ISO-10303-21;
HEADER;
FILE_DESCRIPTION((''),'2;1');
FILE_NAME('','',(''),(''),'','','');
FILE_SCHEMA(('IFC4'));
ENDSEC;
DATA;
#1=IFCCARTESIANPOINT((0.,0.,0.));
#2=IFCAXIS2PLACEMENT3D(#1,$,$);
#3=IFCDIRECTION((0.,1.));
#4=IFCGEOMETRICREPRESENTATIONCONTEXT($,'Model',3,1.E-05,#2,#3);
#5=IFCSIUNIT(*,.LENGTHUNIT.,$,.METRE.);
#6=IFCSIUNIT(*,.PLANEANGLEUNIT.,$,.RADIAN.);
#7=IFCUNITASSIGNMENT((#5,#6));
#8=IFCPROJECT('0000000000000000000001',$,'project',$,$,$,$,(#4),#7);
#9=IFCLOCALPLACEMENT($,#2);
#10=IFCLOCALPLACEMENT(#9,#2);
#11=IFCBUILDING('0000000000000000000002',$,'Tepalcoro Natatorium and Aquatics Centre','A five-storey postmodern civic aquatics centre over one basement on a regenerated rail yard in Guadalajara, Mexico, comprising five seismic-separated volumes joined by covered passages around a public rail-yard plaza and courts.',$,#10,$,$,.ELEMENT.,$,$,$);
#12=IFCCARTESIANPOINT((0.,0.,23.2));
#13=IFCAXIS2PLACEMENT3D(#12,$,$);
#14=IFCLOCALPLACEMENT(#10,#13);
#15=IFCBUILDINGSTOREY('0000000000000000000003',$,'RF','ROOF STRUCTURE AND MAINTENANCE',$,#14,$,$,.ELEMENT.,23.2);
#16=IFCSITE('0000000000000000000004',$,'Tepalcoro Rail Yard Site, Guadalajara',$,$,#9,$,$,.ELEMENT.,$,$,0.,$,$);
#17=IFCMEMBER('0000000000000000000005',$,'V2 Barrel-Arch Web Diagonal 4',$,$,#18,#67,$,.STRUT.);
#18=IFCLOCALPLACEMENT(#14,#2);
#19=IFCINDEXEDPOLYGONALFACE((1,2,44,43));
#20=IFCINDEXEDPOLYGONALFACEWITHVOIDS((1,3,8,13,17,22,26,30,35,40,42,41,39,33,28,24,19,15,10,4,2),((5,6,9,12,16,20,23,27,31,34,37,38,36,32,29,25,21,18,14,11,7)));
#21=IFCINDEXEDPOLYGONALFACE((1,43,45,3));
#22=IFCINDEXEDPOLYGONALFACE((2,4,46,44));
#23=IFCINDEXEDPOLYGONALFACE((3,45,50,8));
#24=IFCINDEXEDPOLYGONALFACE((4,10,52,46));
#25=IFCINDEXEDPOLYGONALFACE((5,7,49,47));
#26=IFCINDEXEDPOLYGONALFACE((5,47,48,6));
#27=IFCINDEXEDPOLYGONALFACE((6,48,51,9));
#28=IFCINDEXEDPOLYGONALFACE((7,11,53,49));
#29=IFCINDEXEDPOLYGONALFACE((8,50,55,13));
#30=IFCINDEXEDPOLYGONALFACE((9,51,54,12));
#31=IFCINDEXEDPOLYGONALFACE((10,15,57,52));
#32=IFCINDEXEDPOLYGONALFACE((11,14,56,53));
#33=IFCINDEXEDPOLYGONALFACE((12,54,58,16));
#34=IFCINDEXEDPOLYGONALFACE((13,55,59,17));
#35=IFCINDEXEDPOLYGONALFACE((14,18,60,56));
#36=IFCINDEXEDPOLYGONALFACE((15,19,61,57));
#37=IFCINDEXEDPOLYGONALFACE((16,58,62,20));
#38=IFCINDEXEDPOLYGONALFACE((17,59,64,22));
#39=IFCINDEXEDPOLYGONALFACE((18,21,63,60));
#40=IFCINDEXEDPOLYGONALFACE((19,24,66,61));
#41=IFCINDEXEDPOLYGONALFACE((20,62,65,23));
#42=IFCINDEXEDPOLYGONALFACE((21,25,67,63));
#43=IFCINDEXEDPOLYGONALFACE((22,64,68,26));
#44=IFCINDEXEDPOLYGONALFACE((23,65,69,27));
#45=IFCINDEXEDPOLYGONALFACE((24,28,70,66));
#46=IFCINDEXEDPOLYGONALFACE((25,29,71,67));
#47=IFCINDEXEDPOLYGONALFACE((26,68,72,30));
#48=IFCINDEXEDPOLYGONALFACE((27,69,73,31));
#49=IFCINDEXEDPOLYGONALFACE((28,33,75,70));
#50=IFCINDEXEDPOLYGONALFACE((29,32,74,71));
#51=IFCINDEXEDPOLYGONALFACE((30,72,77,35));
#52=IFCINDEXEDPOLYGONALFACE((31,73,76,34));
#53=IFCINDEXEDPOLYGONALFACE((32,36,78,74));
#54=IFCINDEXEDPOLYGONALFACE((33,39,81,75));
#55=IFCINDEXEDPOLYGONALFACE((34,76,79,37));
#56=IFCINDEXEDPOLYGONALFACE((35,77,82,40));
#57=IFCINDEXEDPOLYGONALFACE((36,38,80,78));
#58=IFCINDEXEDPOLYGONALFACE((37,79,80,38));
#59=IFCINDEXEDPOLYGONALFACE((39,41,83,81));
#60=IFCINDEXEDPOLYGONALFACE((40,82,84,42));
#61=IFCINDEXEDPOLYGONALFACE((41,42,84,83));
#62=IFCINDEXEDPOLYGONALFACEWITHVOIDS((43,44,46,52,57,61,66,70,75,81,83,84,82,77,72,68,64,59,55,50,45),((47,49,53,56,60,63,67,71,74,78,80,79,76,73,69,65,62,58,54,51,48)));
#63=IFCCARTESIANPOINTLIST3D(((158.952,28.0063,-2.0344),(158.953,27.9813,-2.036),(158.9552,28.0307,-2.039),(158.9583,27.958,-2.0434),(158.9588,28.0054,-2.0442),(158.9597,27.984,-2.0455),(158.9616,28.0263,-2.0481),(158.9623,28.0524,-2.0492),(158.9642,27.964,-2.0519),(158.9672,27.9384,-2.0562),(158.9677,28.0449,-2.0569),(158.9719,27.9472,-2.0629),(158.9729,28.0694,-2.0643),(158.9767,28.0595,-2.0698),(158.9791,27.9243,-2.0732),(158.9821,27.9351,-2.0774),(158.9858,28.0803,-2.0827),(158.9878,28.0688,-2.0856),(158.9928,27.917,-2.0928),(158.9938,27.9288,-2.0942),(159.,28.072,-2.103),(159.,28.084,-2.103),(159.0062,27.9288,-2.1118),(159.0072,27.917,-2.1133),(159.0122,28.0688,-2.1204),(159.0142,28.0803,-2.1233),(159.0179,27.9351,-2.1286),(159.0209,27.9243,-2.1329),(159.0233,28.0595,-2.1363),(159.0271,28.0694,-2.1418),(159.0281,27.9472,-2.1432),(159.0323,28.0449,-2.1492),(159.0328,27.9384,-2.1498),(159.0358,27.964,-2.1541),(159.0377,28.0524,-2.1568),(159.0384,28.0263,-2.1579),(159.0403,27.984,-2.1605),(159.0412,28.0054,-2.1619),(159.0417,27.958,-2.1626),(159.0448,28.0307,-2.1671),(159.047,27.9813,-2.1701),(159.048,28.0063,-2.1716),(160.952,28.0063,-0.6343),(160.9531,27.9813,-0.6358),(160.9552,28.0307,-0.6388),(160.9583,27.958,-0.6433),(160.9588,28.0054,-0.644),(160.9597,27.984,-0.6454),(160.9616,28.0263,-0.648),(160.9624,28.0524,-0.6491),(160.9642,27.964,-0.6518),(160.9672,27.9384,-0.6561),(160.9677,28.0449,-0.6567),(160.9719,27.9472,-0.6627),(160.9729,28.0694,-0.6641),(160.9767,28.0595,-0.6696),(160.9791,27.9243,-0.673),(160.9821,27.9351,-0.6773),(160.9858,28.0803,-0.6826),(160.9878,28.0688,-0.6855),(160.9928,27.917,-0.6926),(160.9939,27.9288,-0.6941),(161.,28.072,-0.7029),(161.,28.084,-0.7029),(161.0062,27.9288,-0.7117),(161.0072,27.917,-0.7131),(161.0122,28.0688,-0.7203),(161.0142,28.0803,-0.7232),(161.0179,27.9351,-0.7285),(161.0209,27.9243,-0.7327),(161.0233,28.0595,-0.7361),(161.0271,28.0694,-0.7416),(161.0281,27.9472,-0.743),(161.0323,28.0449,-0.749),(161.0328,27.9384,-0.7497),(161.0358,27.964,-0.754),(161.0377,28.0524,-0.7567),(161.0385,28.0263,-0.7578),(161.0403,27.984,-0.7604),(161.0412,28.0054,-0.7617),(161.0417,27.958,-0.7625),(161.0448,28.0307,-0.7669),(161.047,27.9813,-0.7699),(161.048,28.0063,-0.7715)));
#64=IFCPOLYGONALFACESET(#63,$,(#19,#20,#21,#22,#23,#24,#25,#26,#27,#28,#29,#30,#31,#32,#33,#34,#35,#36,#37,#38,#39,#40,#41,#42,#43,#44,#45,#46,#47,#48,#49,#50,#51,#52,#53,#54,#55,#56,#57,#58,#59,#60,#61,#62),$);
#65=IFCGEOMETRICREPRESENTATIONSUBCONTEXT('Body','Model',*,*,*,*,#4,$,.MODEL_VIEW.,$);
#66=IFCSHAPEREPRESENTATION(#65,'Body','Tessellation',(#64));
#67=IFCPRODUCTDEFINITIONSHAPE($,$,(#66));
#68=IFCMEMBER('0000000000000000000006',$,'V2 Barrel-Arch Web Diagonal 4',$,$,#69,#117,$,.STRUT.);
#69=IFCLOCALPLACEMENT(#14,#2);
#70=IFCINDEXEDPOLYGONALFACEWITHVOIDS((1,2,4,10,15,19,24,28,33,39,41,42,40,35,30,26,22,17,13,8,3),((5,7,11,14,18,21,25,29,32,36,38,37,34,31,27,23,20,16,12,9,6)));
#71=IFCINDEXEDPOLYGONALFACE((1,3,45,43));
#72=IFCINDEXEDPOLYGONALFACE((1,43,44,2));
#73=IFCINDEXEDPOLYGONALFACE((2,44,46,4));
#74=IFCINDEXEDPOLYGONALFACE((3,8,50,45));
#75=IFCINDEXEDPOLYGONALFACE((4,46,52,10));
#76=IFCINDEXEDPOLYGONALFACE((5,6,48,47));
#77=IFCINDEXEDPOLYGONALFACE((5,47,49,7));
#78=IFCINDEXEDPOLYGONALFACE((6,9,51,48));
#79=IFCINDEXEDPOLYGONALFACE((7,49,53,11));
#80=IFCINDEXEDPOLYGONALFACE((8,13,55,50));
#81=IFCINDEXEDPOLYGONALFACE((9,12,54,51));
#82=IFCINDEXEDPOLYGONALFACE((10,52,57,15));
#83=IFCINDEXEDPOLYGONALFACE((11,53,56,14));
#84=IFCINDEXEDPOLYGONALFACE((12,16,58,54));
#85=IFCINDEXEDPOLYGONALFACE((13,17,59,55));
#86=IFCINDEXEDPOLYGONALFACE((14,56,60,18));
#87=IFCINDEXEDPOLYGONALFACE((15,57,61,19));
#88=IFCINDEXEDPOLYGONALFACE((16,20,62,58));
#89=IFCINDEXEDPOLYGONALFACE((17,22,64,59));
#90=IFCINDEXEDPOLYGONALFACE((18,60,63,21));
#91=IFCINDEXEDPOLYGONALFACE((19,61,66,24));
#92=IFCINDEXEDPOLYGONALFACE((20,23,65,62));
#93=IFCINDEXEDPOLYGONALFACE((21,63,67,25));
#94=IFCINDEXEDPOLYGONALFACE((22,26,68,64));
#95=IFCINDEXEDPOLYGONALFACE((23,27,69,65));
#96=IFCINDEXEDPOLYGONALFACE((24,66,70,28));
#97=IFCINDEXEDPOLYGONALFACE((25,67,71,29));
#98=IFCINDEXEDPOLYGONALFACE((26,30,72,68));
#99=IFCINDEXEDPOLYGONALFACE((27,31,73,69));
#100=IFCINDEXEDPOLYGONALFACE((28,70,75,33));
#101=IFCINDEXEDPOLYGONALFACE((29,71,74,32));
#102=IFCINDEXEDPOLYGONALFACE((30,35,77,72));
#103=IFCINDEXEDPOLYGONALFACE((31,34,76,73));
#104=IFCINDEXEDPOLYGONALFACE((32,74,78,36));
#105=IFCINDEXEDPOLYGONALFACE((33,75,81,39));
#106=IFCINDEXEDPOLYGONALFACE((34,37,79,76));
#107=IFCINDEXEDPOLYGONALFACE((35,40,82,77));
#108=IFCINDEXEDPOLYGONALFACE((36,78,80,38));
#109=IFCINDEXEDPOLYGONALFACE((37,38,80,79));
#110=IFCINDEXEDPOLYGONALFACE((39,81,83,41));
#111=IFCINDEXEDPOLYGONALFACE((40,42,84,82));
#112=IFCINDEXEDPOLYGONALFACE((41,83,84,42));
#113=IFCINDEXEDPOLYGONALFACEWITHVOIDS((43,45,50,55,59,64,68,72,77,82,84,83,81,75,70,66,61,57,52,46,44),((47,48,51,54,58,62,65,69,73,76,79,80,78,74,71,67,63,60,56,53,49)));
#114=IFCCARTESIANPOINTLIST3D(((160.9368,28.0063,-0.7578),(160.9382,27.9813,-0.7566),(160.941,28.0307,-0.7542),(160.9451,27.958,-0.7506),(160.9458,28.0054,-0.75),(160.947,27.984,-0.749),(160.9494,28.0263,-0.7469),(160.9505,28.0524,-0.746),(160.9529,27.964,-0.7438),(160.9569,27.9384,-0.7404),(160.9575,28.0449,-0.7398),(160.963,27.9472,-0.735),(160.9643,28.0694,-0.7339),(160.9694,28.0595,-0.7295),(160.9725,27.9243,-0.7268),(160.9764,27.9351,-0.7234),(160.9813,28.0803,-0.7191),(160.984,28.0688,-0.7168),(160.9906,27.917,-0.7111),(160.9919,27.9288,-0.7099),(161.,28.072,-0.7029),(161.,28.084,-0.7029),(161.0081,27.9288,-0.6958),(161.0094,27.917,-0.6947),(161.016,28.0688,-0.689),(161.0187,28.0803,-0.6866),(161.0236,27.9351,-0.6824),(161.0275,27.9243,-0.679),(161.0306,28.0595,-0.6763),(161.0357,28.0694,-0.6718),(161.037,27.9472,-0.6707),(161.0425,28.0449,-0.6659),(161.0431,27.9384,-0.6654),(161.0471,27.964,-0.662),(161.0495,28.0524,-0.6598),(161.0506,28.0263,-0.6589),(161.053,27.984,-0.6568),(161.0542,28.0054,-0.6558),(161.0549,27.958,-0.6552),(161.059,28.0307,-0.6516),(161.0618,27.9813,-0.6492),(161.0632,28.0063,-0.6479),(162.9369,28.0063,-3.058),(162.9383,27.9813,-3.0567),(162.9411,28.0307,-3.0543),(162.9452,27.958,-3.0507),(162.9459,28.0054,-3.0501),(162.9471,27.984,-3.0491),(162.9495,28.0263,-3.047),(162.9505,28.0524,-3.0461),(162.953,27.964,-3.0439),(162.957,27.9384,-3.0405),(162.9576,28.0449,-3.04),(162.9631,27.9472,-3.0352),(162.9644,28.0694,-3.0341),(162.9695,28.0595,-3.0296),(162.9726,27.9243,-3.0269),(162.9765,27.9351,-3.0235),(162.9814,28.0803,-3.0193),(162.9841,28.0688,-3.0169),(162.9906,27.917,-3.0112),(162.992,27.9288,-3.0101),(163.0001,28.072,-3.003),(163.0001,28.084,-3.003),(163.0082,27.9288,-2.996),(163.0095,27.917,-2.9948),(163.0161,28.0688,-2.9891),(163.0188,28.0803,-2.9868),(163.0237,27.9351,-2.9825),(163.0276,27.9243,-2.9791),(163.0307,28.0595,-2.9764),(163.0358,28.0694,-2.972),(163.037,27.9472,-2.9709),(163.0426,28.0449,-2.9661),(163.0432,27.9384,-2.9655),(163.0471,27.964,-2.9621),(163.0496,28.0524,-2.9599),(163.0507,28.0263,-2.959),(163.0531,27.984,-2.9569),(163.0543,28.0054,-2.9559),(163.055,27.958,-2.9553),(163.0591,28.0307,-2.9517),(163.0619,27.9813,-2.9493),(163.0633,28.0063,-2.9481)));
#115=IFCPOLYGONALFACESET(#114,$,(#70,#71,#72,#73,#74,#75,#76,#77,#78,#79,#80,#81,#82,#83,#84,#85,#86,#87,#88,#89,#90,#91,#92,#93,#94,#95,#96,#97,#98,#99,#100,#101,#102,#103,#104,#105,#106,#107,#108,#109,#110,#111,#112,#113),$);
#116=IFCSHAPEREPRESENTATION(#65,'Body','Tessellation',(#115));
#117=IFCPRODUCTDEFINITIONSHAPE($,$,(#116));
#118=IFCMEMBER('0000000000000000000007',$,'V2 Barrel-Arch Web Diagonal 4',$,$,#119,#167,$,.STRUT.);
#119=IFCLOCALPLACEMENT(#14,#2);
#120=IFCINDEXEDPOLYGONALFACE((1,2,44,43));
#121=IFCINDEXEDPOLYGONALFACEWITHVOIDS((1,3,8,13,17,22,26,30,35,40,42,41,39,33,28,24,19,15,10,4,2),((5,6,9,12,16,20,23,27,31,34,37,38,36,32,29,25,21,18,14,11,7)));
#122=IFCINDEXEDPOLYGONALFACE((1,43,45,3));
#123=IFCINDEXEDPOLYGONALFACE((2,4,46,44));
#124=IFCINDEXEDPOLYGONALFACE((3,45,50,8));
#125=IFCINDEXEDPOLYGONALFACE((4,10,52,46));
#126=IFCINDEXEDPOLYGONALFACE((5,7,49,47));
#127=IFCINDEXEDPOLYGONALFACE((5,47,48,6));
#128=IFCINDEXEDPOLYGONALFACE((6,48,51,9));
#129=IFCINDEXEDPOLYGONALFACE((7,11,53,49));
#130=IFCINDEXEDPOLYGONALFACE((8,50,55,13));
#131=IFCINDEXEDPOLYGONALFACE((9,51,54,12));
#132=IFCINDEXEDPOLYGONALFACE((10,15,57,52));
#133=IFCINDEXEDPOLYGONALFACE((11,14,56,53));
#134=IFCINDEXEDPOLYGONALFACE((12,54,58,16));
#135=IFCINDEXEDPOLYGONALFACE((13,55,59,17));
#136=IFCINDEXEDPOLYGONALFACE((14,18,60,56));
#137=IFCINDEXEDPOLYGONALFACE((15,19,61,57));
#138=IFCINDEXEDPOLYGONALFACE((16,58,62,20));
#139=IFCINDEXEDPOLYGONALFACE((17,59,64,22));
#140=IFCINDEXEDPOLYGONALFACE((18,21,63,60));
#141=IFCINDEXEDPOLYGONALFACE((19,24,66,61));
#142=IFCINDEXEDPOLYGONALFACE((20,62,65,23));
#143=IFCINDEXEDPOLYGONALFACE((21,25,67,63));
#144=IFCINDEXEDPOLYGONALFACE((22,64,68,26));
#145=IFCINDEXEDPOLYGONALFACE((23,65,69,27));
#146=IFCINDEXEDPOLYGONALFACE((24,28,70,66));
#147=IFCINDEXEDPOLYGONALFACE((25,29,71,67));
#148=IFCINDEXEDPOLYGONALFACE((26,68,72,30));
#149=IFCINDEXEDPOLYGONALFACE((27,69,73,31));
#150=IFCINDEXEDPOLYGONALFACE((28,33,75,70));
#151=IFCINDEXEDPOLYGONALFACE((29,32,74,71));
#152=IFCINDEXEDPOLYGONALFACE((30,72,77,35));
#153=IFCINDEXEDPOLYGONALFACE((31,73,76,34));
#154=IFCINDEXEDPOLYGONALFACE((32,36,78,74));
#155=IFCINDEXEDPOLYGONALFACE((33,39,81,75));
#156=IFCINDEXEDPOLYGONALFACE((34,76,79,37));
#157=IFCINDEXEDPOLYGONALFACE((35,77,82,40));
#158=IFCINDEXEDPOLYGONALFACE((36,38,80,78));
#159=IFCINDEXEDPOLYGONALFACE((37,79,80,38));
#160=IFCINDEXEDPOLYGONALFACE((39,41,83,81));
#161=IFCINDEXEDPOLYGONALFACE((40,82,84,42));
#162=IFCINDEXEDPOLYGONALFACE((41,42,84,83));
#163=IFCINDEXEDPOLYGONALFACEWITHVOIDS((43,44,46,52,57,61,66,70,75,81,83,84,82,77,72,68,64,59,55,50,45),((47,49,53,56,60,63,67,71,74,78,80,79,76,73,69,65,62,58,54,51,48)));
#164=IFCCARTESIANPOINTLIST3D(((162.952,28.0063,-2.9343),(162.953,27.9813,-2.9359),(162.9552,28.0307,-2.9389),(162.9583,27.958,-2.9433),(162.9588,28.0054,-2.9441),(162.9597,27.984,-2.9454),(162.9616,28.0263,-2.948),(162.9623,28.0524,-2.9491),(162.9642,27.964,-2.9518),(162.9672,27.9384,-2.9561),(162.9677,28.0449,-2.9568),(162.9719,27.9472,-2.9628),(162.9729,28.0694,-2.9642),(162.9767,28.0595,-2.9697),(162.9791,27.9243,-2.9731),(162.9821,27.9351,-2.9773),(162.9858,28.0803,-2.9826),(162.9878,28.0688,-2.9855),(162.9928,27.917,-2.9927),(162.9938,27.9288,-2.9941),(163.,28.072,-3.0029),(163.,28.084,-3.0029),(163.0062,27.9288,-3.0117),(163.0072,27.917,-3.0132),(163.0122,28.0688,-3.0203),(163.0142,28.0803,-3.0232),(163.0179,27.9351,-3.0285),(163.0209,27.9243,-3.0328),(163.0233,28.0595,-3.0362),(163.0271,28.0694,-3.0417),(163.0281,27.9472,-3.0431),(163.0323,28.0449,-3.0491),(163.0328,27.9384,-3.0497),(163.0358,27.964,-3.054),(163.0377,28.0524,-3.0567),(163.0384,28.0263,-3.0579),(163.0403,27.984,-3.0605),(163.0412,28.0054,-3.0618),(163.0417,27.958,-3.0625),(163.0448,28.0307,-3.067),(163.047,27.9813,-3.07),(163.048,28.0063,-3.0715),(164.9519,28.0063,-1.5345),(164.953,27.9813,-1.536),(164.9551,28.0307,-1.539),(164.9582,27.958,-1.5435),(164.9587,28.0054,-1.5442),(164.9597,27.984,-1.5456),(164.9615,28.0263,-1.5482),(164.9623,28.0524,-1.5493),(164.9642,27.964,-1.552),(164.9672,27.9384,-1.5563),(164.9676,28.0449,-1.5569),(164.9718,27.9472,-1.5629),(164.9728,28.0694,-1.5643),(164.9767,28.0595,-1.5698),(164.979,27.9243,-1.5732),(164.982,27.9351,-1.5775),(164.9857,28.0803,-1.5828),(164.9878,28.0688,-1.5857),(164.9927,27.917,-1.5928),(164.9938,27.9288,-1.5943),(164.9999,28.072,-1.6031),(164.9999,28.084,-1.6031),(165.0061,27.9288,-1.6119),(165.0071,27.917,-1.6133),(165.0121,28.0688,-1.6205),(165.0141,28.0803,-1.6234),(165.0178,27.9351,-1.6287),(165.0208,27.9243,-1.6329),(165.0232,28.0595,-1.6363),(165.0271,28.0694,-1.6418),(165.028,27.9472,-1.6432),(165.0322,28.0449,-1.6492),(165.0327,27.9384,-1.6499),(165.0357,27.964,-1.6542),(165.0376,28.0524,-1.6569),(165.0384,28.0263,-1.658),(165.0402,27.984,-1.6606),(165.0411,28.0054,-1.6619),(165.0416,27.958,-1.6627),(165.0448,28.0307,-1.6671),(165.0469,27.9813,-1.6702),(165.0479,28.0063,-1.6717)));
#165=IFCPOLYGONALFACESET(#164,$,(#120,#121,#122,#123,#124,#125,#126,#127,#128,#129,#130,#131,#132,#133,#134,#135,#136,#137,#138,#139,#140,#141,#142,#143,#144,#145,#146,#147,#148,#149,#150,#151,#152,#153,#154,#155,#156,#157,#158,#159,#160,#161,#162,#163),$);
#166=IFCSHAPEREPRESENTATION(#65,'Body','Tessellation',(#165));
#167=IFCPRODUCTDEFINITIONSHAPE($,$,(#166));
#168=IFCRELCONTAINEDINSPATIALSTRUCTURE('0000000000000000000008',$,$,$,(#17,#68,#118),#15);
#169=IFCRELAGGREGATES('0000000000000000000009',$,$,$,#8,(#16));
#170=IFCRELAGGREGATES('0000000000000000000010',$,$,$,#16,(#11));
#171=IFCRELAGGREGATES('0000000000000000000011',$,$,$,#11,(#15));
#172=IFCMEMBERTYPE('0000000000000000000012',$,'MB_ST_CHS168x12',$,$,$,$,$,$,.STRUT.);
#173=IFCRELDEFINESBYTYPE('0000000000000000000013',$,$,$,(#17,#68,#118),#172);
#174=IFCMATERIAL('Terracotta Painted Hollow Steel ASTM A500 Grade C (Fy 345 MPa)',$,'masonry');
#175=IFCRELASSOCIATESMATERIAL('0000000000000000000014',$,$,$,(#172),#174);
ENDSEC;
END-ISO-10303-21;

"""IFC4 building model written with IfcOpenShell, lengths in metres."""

from ifc_helpers import new_model, si_unit, direction, frame, origin, origin_2d, place, context, subcontext, project, spatial, hollow_circle, extrude, material, material_profile, profile_set, type_object, element, save


model = new_model("IFC4")

# Units and contexts
model_context = context("Model", 3, precision=1e-05, world=origin(), true_north=direction((0.0, 1.0)))
body_context = subcontext(model_context, "Body", "Model", "MODEL_VIEW")
ifc_project = project(units=[si_unit("LENGTHUNIT", "METRE"), si_unit("PLANEANGLEUNIT", "RADIAN")], contexts=[model_context])

# Site, building, storey
site_placement = place(None, origin())
site = spatial("IfcSite", under=ifc_project, at=site_placement, Name="Tepalcoro Rail Yard Site, Guadalajara", CompositionType="ELEMENT", RefElevation=0.0)
building_placement = place(site_placement, origin())
building = spatial("IfcBuilding", under=site, at=building_placement, Name="Tepalcoro Natatorium and Aquatics Centre", Description="A five-storey postmodern civic aquatics centre over one basement on a regenerated rail yard in Guadalajara, Mexico, comprising five seismic-separated volumes joined by covered passages around a public rail-yard plaza and courts.", CompositionType="ELEMENT")
storey_placement = place(building_placement, frame((0.0, 0.0, 23.2)))
storey = spatial("IfcBuildingStorey", under=building, at=storey_placement, Name="RF", Description="ROOF STRUCTURE AND MAINTENANCE", CompositionType="ELEMENT", Elevation=23.2)

# Shared definitions
ifc_material_1 = material(Name="Terracotta Painted Hollow Steel ASTM A500 Grade C (Fy 345 MPa)", Category="masonry")

# Members
ifc_material_profile_1 = material_profile(ifc_material_1, hollow_circle(Radius=0.084, WallThickness=0.012, at=origin_2d()), Name="CHS168X12")
ifc_profile_set_1 = profile_set([ifc_material_profile_1], Name="Terracotta Painted Hollow Steel ASTM A500 Grade C (Fy 345 MPa)")
member_type_1 = type_object("IfcMemberType", Name="MB_ST_CHS168x12", PredefinedType="STRUT", material=ifc_profile_set_1)
member_1_placement = place(storey_placement, frame((159.0, 28.0, -2.103), z_axis=(0.819204, 0.0, 0.573503), x_axis=(0.0, 1.0, 0.0)))
element("IfcMember", 1, at=member_1_placement, inside=storey, type_object=member_type_1, Name="V2 Barrel-Arch Web Diagonal 4", PredefinedType="STRUT", context=body_context, shape_type="SweptSolid", body=[
    extrude(hollow_circle(Radius=0.084, WallThickness=0.012, at=origin_2d()), origin(), (0.0, 0.0, 1.0), 2.4414),
])
member_2_placement = place(storey_placement, frame((161.0, 28.0, -0.7029), z_axis=(0.656171, 0.0, -0.754612), x_axis=(0.0, 1.0, 0.0)))
element("IfcMember", 2, at=member_2_placement, inside=storey, type_object=member_type_1, Name="V2 Barrel-Arch Web Diagonal 4", PredefinedType="STRUT", context=body_context, shape_type="SweptSolid", body=[
    extrude(hollow_circle(Radius=0.084, WallThickness=0.012, at=origin_2d()), origin(), (0.0, 0.0, 1.0), 3.0481),
])
member_3_placement = place(storey_placement, frame((163.0, 28.0, -3.0029), z_axis=(0.819251, 0.0, 0.573435), x_axis=(0.0, 1.0, 0.0)))
element("IfcMember", 3, at=member_3_placement, inside=storey, type_object=member_type_1, Name="V2 Barrel-Arch Web Diagonal 4", PredefinedType="STRUT", context=body_context, shape_type="SweptSolid", body=[
    extrude(hollow_circle(Radius=0.084, WallThickness=0.012, at=origin_2d()), origin(), (0.0, 0.0, 1.0), 2.4412),
])

save(model, "model.ifc")
